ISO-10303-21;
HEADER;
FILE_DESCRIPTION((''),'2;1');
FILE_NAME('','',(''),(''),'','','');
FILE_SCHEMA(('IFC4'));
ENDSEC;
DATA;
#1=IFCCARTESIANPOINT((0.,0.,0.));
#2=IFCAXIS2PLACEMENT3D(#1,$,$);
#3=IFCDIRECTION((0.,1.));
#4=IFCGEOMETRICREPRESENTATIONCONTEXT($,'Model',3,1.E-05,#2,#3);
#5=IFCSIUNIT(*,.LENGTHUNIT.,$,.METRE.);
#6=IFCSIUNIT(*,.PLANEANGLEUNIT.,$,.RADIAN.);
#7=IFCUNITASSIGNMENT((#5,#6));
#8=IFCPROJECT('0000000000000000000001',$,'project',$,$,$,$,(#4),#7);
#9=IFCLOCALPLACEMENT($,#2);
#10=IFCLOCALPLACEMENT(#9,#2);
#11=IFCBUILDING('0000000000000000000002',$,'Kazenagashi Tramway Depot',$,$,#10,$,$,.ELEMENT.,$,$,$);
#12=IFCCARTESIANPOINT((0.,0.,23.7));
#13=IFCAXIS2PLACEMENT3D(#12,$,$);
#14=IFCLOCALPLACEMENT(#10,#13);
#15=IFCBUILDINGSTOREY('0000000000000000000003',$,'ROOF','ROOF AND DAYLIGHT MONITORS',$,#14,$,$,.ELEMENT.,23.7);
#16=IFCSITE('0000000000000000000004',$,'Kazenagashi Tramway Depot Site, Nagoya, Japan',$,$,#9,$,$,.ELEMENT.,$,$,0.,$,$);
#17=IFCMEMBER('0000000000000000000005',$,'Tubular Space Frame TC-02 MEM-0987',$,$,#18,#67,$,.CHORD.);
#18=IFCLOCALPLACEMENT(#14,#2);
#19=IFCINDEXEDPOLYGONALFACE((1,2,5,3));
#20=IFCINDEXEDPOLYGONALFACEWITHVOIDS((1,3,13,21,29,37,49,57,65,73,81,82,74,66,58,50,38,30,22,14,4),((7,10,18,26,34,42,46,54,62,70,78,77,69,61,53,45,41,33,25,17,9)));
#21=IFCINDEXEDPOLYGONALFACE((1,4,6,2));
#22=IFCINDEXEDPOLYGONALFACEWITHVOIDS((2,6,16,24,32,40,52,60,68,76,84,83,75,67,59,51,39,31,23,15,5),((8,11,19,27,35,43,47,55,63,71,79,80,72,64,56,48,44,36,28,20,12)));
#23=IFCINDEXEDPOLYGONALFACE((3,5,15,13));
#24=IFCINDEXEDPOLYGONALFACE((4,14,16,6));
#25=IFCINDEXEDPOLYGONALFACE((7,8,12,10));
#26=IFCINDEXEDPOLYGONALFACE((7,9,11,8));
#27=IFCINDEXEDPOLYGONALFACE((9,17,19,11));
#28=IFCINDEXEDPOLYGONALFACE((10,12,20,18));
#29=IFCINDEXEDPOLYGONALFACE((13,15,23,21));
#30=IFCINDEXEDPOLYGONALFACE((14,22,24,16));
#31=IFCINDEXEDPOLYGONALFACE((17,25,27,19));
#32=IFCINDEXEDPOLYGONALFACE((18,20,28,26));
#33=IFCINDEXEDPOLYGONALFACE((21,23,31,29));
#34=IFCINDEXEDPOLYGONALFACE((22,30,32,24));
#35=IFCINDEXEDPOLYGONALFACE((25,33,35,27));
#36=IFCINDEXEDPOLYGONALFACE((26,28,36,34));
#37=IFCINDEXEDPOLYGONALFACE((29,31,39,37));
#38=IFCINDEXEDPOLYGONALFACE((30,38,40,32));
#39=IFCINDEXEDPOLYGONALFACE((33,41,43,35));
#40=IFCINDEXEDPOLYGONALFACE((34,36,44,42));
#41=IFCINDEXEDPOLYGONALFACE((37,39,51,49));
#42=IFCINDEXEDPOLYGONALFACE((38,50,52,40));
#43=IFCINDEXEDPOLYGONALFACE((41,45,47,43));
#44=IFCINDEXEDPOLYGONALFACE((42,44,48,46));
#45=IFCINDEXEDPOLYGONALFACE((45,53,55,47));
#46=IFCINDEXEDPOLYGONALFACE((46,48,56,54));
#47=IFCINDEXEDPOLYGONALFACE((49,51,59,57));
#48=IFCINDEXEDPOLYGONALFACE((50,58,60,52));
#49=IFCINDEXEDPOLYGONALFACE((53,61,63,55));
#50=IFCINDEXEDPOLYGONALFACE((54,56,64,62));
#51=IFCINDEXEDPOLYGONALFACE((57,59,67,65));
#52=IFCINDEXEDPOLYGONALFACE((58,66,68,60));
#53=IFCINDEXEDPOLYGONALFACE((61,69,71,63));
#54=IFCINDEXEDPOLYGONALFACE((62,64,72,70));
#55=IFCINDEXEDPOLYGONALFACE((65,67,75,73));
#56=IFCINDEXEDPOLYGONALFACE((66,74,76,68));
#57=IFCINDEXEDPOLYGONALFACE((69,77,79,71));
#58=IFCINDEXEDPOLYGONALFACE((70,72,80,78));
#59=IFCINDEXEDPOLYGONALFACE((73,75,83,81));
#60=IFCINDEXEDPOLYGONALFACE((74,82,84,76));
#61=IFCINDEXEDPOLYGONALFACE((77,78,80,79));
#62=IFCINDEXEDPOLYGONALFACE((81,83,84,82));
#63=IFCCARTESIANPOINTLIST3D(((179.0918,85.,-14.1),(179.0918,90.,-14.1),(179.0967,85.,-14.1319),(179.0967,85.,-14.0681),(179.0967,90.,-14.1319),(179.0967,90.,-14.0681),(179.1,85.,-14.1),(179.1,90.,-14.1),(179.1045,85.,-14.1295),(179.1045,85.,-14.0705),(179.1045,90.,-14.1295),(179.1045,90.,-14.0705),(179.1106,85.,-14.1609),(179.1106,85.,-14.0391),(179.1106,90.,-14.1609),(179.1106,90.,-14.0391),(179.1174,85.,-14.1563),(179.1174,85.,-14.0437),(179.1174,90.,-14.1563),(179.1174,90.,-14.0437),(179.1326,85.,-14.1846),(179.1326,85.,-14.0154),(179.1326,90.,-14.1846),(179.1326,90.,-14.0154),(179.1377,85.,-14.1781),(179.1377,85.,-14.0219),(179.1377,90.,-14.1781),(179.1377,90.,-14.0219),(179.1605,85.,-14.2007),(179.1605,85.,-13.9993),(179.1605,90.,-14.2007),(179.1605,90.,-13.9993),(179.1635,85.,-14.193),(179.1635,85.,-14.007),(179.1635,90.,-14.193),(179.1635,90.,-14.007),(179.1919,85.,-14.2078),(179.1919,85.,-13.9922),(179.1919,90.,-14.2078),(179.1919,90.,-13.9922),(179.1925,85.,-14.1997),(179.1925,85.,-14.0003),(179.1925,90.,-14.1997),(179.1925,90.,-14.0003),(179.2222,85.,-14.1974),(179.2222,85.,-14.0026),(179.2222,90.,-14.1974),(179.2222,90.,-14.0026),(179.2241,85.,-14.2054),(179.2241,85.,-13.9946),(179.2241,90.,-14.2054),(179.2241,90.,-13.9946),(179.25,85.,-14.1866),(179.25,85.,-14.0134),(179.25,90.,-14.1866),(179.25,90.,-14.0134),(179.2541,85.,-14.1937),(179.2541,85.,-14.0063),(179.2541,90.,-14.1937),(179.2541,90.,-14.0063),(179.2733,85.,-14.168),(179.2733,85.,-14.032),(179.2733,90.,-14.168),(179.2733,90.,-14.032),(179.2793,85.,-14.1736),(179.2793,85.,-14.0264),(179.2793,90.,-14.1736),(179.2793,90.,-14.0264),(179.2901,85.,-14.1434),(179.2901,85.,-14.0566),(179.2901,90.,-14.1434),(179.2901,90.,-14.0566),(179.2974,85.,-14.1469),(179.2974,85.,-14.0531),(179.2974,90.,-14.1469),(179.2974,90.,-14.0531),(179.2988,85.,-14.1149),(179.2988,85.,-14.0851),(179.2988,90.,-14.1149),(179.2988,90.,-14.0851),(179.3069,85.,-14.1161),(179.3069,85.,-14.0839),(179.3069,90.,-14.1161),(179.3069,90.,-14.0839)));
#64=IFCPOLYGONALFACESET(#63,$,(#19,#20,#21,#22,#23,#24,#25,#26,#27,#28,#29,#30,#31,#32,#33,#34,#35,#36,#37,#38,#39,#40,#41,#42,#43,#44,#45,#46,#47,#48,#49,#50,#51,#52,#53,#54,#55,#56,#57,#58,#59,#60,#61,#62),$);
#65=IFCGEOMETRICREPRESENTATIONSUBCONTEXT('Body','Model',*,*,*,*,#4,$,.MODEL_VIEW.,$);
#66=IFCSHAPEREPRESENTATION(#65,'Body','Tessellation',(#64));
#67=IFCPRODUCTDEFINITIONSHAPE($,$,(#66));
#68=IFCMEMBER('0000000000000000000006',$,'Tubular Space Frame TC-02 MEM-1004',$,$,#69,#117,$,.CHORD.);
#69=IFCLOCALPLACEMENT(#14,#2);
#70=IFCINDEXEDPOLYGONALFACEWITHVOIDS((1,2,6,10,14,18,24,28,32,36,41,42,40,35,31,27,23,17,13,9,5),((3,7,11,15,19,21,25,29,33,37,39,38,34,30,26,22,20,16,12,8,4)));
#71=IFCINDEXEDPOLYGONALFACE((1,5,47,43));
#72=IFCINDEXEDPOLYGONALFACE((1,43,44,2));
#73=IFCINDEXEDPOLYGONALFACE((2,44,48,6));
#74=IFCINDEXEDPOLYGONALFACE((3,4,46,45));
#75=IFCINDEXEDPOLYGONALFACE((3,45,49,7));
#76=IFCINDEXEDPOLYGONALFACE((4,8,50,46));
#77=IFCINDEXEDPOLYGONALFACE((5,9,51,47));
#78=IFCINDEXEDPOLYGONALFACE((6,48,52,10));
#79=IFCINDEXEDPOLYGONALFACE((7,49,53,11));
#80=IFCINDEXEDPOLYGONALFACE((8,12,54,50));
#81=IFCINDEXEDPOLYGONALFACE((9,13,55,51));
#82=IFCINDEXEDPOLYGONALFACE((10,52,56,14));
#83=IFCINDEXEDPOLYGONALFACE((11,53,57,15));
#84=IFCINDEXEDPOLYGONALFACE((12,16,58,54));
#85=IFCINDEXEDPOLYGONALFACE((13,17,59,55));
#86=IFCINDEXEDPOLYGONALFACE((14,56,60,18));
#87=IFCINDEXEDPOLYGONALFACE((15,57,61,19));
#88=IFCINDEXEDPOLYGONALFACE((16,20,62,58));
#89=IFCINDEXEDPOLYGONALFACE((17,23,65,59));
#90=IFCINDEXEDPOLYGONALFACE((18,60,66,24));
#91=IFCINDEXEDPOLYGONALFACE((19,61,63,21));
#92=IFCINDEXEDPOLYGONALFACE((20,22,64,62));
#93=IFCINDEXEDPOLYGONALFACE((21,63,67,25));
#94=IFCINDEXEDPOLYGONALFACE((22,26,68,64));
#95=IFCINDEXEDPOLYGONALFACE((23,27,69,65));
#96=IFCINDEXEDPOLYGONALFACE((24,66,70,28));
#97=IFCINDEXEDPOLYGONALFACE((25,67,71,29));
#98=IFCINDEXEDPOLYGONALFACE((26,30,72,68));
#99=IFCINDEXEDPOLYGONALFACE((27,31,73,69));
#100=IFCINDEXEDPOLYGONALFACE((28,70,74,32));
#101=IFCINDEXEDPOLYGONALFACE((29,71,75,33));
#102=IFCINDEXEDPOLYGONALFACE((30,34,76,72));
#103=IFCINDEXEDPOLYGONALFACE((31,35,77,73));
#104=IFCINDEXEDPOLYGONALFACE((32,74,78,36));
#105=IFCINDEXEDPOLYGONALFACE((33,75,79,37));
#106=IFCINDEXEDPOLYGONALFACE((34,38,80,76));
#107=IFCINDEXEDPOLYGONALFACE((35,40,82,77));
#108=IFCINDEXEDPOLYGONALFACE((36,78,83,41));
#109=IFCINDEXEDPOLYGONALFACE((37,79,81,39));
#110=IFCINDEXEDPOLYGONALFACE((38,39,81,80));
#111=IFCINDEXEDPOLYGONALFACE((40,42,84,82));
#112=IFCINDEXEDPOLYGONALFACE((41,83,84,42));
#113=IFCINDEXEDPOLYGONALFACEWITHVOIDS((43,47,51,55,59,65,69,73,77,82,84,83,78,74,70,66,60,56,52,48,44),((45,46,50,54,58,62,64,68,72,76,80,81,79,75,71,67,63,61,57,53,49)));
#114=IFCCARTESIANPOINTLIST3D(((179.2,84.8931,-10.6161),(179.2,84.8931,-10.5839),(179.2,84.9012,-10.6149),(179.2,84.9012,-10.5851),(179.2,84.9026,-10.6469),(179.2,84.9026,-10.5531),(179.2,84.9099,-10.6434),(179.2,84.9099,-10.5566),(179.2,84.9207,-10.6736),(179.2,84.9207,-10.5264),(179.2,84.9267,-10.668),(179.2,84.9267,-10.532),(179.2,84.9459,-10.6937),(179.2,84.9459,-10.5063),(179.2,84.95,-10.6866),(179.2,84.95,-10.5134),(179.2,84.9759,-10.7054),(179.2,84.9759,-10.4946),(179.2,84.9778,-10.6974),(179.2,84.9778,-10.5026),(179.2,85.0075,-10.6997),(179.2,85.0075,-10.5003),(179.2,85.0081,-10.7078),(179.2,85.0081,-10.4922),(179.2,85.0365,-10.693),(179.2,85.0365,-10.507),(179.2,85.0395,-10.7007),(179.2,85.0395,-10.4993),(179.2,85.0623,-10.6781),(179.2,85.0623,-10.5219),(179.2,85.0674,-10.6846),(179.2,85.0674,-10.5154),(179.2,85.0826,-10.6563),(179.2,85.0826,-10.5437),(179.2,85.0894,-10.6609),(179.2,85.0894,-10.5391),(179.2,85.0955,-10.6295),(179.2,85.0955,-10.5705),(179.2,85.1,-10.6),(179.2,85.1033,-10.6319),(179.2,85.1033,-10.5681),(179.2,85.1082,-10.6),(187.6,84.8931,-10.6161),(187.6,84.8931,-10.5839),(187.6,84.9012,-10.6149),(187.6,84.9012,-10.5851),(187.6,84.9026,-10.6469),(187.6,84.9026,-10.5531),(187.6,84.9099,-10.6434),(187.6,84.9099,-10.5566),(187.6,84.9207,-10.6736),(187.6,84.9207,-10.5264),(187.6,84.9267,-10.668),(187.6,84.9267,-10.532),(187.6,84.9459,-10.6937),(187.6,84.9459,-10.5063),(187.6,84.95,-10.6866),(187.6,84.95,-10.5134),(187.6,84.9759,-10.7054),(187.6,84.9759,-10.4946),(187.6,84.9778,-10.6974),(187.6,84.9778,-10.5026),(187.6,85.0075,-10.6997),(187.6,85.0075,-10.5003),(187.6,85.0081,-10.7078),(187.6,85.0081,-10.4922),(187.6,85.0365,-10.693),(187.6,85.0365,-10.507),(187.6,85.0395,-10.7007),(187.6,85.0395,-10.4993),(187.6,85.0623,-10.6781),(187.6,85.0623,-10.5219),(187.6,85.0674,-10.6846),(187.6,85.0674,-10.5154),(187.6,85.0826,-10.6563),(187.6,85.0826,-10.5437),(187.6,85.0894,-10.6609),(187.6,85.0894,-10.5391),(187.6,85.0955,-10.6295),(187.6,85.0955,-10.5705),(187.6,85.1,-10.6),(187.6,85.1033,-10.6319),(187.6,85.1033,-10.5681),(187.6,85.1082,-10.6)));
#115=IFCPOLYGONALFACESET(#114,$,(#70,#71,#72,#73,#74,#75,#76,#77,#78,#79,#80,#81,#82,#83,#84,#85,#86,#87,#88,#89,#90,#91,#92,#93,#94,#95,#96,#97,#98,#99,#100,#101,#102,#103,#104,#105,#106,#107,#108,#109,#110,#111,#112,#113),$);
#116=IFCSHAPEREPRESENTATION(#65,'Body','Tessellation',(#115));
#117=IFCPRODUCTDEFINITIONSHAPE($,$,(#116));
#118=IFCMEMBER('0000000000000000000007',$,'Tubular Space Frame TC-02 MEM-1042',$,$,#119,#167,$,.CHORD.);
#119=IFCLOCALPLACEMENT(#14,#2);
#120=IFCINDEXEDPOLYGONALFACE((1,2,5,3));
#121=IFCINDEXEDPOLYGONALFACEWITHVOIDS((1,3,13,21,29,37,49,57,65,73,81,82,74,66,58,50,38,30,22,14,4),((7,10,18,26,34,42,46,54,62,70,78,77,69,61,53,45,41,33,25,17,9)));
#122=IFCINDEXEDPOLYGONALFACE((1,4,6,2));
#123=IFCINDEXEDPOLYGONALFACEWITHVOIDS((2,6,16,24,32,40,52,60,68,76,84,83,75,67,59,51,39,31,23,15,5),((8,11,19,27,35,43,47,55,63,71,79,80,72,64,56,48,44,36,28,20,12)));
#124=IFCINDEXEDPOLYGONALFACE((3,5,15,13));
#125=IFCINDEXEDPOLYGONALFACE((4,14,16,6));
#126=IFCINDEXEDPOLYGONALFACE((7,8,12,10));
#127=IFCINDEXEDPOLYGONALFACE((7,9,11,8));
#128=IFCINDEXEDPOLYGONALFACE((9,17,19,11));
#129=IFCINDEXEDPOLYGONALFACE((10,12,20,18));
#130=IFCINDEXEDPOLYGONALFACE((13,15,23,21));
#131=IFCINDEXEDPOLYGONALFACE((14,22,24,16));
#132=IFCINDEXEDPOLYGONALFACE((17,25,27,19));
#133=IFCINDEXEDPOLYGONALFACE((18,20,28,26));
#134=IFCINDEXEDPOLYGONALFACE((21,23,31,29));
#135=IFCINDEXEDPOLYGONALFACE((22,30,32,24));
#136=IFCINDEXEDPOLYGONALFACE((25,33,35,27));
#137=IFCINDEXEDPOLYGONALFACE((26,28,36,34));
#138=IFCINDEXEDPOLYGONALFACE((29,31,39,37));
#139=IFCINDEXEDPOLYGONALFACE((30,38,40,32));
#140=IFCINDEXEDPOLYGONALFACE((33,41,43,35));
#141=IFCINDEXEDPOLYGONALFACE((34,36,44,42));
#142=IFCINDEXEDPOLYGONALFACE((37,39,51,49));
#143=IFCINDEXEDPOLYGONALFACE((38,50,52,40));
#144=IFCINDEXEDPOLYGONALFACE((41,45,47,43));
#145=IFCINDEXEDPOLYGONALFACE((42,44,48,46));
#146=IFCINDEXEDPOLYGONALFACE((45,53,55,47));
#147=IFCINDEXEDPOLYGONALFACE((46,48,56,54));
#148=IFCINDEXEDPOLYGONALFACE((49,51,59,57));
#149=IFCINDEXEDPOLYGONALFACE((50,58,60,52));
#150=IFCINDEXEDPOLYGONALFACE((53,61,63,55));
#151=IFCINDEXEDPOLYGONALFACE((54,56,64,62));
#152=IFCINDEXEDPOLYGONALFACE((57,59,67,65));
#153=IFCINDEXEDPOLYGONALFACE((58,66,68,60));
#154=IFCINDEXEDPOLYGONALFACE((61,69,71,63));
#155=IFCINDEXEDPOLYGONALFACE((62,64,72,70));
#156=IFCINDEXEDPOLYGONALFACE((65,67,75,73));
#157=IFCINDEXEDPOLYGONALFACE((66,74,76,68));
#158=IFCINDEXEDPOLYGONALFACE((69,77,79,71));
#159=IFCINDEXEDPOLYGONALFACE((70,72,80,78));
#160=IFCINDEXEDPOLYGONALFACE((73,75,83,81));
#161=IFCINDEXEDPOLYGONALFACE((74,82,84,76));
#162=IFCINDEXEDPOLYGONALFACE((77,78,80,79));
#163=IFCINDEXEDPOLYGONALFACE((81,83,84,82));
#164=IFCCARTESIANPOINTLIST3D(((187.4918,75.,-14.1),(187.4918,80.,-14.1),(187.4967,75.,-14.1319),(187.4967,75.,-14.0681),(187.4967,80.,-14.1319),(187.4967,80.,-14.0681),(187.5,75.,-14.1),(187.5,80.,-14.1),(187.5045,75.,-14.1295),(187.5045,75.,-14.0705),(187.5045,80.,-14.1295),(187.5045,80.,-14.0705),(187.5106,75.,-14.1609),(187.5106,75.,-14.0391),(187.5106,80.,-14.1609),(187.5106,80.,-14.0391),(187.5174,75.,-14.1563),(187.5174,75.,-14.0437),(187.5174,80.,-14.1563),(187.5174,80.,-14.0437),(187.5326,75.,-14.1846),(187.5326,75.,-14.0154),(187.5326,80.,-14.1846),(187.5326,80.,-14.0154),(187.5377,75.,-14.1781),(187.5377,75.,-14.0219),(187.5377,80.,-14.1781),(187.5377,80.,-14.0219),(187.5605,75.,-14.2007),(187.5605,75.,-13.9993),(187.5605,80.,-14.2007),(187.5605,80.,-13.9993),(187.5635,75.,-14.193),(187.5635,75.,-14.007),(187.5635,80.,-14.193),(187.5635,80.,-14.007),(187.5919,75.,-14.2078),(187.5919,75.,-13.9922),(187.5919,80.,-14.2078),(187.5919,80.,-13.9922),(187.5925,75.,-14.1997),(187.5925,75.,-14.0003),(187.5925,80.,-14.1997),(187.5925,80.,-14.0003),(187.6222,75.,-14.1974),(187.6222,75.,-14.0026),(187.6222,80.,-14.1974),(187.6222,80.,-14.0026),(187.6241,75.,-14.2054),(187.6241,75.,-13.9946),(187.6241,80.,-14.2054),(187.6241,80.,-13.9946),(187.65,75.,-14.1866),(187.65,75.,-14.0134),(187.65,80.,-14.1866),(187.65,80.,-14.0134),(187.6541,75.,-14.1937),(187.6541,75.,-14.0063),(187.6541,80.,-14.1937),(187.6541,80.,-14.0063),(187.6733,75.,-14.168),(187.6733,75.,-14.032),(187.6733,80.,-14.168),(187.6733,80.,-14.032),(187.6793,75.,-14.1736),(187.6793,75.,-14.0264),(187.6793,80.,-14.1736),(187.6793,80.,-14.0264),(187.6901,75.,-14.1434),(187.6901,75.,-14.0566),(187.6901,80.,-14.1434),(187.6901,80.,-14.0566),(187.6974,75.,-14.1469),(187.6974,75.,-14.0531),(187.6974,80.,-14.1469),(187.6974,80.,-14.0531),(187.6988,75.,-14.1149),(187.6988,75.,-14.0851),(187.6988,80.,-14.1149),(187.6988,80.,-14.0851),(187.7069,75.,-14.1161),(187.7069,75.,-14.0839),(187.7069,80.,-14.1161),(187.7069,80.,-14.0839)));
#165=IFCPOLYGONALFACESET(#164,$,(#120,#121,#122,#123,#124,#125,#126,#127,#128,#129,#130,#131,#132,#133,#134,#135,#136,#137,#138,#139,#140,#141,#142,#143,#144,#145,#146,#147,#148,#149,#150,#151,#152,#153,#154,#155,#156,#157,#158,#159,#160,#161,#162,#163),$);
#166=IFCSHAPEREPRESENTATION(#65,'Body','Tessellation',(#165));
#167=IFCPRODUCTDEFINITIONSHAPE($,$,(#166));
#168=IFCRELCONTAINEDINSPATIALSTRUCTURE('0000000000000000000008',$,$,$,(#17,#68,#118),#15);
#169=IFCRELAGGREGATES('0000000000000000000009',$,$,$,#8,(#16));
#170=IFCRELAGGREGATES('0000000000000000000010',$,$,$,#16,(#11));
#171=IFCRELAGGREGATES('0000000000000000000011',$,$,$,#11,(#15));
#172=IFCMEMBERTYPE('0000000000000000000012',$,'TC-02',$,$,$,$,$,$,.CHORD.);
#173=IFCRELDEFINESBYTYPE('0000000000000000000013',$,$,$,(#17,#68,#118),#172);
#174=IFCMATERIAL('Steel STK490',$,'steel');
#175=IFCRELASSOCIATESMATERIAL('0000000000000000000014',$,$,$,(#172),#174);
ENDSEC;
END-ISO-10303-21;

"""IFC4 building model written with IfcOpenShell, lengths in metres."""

from ifc_helpers import new_model, si_unit, direction, frame, origin, origin_2d, place, context, subcontext, project, spatial, hollow_circle, extrude, material, material_profile, profile_set, type_object, element, save


model = new_model("IFC4")

# Units and contexts
model_context = context("Model", 3, precision=1e-05, world=origin(), true_north=direction((0.0, 1.0)))
body_context = subcontext(model_context, "Body", "Model", "MODEL_VIEW")
ifc_project = project(units=[si_unit("LENGTHUNIT", "METRE"), si_unit("PLANEANGLEUNIT", "RADIAN")], contexts=[model_context])

# Site, building, storey
site_placement = place(None, origin())
site = spatial("IfcSite", under=ifc_project, at=site_placement, Name="Kazenagashi Tramway Depot Site, Nagoya, Japan", CompositionType="ELEMENT", RefElevation=0.0)
building_placement = place(site_placement, origin())
building = spatial("IfcBuilding", under=site, at=building_placement, Name="Kazenagashi Tramway Depot", CompositionType="ELEMENT")
storey_placement = place(building_placement, frame((0.0, 0.0, 23.7)))
storey = spatial("IfcBuildingStorey", under=building, at=storey_placement, Name="ROOF", Description="ROOF AND DAYLIGHT MONITORS", CompositionType="ELEMENT", Elevation=23.7)

# Members
ifc_material_1 = material(Name="Steel STK490", Category="steel")
ifc_material_profile_1 = material_profile(ifc_material_1, hollow_circle(Radius=0.1081, WallThickness=0.0082, at=origin_2d()), Name="CHS-216.3x8.2")
ifc_profile_set_1 = profile_set([ifc_material_profile_1], Name="Steel STK490")
member_type_1 = type_object("IfcMemberType", Name="TC-02", PredefinedType="CHORD", material=ifc_profile_set_1)
for number, where, z_axis, x_axis, name in (
    (1, (179.2, 85.0, -14.1), (0.0, 1.0, 0.0), (-1.0, 0.0, 0.0), "Tubular Space Frame TC-02 MEM-0987"),
):
    element("IfcMember", number, at=place(storey_placement, frame(where, z_axis=z_axis, x_axis=x_axis)), inside=storey, type_object=member_type_1, Name=name, PredefinedType="CHORD", context=body_context, shape_type="SweptSolid", body=[
        extrude(hollow_circle(Radius=0.1081, WallThickness=0.0082, at=origin_2d()), origin(), (0.0, 0.0, 1.0), 5.0),
    ])
member_1_placement = place(storey_placement, frame((179.2, 85.0, -10.6), z_axis=(1.0, 0.0, 0.0), x_axis=(0.0, 1.0, 0.0)))
element("IfcMember", 2, at=member_1_placement, inside=storey, type_object=member_type_1, Name="Tubular Space Frame TC-02 MEM-1004", PredefinedType="CHORD", context=body_context, shape_type="SweptSolid", body=[
    extrude(hollow_circle(Radius=0.1081, WallThickness=0.0082, at=origin_2d()), origin(), (0.0, 0.0, 1.0), 8.4),
])
for number, where, z_axis, x_axis, name in (
    (3, (187.6, 75.0, -14.1), (0.0, 1.0, 0.0), (-1.0, 0.0, 0.0), "Tubular Space Frame TC-02 MEM-1042"),
):
    element("IfcMember", number, at=place(storey_placement, frame(where, z_axis=z_axis, x_axis=x_axis)), inside=storey, type_object=member_type_1, Name=name, PredefinedType="CHORD", context=body_context, shape_type="SweptSolid", body=[
        extrude(hollow_circle(Radius=0.1081, WallThickness=0.0082, at=origin_2d()), origin(), (0.0, 0.0, 1.0), 5.0),
    ])

save(model, "model.ifc")
